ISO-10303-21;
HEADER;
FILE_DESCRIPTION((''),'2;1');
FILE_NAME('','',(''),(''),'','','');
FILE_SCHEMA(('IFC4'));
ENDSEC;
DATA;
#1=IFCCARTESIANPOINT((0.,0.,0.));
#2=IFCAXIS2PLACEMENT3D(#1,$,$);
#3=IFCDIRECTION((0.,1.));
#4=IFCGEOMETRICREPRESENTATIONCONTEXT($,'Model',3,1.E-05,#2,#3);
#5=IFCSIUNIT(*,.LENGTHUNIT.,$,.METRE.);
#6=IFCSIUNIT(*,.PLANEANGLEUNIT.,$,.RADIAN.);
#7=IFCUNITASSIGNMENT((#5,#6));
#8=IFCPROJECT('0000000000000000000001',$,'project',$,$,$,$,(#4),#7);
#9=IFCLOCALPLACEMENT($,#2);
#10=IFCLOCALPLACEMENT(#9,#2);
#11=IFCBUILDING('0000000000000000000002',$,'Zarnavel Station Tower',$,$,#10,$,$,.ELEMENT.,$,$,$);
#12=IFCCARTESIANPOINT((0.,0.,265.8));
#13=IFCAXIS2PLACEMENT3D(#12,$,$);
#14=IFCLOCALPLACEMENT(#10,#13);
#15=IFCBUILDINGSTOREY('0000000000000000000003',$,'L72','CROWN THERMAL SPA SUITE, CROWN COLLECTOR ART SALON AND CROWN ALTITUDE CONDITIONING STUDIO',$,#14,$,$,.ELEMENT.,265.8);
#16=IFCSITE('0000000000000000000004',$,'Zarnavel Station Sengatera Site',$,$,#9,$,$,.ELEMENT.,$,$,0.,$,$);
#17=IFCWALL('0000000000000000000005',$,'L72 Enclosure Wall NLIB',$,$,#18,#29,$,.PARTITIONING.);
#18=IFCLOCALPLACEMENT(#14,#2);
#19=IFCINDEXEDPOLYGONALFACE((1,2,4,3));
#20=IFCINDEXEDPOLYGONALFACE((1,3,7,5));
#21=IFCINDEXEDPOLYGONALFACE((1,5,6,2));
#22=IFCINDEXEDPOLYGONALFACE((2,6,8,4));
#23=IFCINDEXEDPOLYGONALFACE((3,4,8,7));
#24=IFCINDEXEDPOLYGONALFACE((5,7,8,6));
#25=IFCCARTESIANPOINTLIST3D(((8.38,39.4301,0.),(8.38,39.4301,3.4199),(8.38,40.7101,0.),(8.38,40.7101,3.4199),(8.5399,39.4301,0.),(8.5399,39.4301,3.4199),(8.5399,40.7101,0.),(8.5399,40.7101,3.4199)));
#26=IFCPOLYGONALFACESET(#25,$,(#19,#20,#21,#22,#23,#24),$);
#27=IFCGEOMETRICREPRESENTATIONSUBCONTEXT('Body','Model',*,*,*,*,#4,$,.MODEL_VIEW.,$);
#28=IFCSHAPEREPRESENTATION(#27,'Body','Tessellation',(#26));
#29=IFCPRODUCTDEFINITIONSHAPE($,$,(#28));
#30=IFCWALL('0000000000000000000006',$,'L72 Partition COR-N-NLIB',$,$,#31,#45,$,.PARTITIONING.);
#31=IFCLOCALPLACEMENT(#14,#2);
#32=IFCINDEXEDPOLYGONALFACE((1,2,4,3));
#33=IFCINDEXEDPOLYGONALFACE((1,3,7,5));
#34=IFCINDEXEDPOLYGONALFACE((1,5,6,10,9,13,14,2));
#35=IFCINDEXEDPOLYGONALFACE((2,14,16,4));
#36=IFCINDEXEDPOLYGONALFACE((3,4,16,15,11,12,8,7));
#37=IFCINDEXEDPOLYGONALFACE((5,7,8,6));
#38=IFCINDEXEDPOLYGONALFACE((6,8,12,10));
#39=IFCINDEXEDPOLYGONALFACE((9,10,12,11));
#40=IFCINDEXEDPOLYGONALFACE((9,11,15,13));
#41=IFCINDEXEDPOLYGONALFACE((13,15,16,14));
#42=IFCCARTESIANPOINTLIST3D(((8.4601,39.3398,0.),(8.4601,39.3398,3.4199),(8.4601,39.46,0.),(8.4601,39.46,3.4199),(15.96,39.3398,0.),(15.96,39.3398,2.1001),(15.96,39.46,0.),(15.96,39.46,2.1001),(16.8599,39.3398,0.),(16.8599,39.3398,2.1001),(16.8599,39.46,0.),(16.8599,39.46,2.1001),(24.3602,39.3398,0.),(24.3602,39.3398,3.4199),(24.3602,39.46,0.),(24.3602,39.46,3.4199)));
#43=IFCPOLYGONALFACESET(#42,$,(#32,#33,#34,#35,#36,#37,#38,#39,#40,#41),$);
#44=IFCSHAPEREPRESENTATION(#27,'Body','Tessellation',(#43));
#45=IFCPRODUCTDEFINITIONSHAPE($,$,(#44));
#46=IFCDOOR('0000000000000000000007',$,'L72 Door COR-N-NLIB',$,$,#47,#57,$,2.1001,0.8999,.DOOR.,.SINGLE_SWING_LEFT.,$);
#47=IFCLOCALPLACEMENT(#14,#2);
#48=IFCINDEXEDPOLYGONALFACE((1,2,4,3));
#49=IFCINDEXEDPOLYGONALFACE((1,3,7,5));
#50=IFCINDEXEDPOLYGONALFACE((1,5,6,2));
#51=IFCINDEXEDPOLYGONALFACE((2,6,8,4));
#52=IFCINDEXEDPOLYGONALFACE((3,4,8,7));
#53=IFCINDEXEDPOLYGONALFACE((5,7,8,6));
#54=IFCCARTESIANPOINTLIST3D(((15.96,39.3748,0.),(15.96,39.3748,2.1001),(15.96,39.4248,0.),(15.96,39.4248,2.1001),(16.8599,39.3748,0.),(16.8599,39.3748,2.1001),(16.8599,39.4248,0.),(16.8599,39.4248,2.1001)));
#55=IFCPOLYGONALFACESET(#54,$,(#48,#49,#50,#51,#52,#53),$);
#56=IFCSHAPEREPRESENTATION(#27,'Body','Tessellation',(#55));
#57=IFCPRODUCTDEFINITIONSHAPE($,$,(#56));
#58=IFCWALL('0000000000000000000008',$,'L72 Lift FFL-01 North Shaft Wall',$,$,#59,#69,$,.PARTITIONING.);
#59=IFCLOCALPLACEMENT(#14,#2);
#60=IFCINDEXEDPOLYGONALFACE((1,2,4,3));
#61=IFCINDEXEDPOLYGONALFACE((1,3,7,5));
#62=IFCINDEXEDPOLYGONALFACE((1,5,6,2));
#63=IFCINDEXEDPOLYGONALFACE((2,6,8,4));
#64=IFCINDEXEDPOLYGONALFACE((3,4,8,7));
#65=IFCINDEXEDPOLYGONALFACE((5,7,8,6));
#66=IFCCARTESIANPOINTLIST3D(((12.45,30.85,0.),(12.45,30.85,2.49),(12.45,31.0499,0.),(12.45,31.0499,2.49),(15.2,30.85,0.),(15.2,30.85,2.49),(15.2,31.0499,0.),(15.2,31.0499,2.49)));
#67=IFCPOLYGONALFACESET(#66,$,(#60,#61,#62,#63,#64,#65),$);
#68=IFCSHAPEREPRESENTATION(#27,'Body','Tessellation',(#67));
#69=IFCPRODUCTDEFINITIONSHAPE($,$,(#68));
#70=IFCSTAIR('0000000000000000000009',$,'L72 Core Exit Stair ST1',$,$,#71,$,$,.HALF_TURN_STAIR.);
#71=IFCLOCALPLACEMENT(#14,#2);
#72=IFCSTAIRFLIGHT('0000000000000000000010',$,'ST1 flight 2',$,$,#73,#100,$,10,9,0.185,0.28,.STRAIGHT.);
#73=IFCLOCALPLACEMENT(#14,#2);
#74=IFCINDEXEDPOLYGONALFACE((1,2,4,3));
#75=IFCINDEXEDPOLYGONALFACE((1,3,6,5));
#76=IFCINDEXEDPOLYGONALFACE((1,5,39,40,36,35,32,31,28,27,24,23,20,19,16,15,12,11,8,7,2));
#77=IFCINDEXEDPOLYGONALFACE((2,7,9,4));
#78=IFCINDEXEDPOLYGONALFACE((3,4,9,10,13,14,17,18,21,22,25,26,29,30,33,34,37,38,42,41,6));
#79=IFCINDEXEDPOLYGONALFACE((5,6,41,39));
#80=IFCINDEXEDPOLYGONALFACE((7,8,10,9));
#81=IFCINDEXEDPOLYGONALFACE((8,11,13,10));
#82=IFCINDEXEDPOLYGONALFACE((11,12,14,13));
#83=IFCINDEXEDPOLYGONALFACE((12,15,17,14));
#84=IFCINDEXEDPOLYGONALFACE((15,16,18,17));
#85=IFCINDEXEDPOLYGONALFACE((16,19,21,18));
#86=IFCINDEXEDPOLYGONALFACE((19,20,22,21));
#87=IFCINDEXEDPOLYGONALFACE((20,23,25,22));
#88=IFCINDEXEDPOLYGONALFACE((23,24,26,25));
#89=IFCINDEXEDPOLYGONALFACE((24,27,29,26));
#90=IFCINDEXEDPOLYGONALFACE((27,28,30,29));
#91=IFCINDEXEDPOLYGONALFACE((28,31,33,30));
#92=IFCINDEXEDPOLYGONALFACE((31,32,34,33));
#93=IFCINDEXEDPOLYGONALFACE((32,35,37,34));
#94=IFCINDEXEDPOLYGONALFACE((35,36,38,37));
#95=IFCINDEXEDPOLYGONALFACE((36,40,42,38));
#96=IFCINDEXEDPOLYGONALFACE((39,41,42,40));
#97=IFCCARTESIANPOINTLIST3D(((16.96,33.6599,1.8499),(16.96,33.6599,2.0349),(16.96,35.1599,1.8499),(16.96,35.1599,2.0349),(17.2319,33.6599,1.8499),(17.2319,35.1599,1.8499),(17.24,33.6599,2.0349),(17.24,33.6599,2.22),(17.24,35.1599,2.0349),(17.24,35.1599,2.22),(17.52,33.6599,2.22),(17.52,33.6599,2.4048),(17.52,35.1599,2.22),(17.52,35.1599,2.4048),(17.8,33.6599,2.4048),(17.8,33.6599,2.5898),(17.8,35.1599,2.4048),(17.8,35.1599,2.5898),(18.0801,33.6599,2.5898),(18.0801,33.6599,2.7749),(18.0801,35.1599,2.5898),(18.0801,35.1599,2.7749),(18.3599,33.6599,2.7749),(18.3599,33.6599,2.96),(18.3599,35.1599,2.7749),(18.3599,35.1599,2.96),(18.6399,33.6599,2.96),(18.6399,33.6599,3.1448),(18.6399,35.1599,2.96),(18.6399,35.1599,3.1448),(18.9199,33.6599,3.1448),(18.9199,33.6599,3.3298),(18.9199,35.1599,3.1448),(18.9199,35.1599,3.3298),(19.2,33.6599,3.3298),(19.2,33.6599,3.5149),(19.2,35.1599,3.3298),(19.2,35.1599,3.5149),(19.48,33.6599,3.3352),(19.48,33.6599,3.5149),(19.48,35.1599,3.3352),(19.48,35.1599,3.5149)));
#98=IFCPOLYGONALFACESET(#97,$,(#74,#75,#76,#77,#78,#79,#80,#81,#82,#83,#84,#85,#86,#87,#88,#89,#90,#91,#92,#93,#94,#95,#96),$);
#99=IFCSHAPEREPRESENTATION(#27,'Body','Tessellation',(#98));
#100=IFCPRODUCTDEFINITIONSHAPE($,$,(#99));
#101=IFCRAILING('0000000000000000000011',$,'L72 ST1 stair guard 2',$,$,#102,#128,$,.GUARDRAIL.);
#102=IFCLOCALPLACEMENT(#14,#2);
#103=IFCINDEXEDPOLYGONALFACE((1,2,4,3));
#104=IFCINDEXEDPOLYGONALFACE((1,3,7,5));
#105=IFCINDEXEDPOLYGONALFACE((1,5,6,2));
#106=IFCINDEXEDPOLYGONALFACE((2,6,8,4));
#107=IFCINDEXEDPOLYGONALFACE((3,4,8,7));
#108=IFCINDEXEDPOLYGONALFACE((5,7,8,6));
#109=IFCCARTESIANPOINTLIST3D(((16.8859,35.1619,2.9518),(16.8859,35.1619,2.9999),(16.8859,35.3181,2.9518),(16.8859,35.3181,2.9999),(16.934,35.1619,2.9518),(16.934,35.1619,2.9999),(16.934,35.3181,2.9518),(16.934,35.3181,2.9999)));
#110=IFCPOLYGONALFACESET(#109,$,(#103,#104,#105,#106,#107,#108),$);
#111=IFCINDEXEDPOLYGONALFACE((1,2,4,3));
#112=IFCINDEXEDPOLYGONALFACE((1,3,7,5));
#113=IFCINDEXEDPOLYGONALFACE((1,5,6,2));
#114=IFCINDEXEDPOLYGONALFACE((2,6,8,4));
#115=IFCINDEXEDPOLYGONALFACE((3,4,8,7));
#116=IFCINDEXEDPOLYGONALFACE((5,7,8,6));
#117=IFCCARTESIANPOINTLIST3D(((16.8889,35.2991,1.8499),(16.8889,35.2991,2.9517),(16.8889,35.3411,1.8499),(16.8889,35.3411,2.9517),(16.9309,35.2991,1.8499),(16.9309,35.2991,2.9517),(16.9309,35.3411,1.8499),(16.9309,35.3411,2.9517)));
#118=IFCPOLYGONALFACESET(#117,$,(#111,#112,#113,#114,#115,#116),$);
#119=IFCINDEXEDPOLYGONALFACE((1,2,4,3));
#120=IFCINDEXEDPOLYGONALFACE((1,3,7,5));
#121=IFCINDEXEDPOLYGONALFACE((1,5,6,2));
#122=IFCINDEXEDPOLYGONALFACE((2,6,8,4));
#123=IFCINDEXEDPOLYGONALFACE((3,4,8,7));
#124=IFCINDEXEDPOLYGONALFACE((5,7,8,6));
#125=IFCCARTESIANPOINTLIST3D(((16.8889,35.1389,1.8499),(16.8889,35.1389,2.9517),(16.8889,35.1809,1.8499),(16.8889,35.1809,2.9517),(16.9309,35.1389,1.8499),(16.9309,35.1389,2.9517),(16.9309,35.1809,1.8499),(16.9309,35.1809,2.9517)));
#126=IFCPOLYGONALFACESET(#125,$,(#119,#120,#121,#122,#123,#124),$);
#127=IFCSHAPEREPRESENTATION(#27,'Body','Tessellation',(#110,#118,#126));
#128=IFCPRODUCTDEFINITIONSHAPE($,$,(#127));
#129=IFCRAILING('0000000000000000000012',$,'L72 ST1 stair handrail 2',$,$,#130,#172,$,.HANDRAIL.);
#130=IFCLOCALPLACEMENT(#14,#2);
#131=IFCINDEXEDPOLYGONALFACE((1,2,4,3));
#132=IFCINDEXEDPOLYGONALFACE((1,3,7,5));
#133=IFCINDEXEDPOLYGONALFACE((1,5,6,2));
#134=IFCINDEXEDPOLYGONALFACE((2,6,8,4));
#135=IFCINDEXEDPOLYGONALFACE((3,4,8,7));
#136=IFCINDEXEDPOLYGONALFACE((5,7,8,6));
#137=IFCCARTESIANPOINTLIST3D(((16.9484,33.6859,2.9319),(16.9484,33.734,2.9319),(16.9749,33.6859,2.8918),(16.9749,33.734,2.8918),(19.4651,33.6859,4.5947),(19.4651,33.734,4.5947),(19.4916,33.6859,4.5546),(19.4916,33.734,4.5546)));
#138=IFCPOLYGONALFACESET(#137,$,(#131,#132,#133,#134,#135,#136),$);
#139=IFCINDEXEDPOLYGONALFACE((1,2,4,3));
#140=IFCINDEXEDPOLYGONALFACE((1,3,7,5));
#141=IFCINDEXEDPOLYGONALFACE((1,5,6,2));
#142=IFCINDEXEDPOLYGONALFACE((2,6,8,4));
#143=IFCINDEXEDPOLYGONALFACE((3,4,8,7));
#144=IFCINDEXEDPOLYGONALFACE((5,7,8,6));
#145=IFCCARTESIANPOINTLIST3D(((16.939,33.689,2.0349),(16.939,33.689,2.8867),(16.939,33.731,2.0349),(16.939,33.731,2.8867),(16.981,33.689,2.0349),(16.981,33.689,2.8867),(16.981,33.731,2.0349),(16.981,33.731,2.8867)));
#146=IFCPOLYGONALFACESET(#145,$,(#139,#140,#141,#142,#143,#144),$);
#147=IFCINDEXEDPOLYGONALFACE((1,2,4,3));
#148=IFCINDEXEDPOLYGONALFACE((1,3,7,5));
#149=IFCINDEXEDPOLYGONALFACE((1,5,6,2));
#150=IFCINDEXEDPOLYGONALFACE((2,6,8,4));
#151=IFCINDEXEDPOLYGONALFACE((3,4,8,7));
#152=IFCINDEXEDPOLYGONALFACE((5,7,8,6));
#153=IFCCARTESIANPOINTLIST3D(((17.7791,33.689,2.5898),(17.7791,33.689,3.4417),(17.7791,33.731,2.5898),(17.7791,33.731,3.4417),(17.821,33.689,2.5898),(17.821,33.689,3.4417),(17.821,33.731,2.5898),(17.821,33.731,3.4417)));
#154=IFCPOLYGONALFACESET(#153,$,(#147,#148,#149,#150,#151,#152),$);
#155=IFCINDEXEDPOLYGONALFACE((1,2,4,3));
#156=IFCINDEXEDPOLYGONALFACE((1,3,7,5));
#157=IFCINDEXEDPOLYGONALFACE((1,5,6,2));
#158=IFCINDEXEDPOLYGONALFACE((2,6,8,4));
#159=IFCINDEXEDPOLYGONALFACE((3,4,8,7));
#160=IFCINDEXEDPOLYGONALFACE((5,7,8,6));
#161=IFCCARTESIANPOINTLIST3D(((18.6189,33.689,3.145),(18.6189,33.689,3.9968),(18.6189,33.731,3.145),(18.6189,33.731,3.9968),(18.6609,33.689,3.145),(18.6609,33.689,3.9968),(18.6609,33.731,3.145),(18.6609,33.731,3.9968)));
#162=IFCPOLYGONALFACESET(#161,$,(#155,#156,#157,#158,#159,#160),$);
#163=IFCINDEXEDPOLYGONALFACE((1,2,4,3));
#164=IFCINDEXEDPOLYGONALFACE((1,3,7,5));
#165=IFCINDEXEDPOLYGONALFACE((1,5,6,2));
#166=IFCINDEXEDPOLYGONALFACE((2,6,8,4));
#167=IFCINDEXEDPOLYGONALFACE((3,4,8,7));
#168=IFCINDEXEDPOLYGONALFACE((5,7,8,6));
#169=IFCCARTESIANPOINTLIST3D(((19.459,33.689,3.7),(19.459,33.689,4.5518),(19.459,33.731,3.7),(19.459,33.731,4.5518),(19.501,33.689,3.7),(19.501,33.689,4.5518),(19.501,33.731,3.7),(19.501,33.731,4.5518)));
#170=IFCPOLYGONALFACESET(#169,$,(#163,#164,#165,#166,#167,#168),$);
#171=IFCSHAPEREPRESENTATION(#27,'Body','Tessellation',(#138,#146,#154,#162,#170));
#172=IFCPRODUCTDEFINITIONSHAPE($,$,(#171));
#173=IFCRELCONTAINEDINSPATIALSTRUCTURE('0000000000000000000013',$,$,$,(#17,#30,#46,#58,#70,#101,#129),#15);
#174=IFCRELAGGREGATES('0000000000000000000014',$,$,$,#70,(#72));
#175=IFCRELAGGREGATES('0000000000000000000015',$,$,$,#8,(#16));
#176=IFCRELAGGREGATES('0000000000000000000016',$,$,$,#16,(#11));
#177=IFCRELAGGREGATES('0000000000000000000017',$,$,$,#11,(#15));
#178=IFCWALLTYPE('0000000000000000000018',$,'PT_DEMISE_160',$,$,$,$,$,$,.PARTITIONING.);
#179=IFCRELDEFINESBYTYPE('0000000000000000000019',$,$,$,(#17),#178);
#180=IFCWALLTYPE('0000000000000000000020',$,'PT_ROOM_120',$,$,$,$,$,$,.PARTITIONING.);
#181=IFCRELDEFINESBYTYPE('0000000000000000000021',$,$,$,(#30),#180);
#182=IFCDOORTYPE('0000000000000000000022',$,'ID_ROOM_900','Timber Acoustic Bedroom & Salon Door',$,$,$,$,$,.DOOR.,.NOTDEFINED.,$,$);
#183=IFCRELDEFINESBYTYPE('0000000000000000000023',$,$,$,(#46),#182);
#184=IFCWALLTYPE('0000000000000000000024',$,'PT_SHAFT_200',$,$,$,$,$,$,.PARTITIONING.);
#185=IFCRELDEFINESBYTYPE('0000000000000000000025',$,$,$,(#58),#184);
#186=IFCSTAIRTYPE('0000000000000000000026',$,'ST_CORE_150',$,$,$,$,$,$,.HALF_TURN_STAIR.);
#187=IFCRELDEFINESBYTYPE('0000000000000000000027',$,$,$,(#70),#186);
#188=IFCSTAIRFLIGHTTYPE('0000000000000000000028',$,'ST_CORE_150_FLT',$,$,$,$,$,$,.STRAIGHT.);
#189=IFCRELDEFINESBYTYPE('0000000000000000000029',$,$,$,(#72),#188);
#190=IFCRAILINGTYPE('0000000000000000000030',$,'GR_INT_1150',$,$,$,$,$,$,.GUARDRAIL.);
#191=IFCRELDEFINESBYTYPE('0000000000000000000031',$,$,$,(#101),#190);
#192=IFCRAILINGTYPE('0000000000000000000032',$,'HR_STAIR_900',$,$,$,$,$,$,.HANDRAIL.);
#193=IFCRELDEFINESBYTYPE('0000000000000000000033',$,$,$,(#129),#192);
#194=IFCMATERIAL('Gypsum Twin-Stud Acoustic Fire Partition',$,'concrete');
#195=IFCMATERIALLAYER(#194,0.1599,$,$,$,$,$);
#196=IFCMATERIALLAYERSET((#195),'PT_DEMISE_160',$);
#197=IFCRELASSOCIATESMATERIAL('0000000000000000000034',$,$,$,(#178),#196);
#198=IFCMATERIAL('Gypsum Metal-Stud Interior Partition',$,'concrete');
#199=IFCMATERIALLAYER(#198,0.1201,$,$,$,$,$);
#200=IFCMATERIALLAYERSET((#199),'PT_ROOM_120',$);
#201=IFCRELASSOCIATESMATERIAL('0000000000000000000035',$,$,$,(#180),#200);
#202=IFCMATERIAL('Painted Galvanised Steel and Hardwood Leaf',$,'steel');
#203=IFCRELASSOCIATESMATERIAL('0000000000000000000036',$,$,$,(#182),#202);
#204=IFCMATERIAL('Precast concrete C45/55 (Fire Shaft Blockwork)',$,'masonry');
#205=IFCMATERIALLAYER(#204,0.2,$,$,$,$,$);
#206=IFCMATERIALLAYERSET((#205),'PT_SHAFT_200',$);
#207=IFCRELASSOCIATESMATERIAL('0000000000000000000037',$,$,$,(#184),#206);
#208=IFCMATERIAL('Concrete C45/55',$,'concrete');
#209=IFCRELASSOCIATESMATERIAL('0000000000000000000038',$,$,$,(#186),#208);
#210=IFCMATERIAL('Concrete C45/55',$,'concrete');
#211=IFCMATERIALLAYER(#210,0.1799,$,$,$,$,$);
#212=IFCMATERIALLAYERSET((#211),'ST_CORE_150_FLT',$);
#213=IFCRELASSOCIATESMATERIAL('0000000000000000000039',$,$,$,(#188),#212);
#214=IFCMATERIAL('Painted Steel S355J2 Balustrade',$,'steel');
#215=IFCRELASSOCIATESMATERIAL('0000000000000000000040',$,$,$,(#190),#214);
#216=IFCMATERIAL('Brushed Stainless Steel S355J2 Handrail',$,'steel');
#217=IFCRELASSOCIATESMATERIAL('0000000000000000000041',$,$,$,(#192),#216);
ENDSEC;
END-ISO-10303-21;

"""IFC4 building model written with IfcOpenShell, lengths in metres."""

from ifc_helpers import new_model, si_unit, direction, frame, frame_2d, origin, origin_2d, place, context, subcontext, project, spatial, polyline, rectangle, outline, extrude, material, layer, layer_set, type_object, element, fill, aggregate, save


model = new_model("IFC4")

# Units and contexts
model_context = context("Model", 3, precision=1e-05, world=origin(), true_north=direction((0.0, 1.0)))
body_context = subcontext(model_context, "Body", "Model", "MODEL_VIEW")
ifc_project = project(units=[si_unit("LENGTHUNIT", "METRE"), si_unit("PLANEANGLEUNIT", "RADIAN")], contexts=[model_context])

# Site, building, storey
site_placement = place(None, origin())
site = spatial("IfcSite", under=ifc_project, at=site_placement, Name="Zarnavel Station Sengatera Site", CompositionType="ELEMENT", RefElevation=0.0)
building_placement = place(site_placement, origin())
building = spatial("IfcBuilding", under=site, at=building_placement, Name="Zarnavel Station Tower", CompositionType="ELEMENT")
storey_placement = place(building_placement, frame((0.0, 0.0, 265.8)))
storey = spatial("IfcBuildingStorey", under=building, at=storey_placement, Name="L72", Description="CROWN THERMAL SPA SUITE, CROWN COLLECTOR ART SALON AND CROWN ALTITUDE CONDITIONING STUDIO", CompositionType="ELEMENT", Elevation=265.8)

# Wall
ifc_material_1 = material(Name="Gypsum Twin-Stud Acoustic Fire Partition", Category="concrete")
ifc_layer_1 = layer(ifc_material_1, 0.1599)
ifc_layer_set_1 = layer_set([ifc_layer_1], Name="PT_DEMISE_160")
wall_type_1 = type_object("IfcWallType", Name="PT_DEMISE_160", PredefinedType="PARTITIONING", material=ifc_layer_set_1)
wall_1_placement = place(storey_placement, frame((8.46, 39.4299, 0.0), z_axis=(0.0, 0.0, 1.0), x_axis=(0.0, 1.0, 0.0)))
element("IfcWall", 1, at=wall_1_placement, inside=storey, type_object=wall_type_1, Name="L72 Enclosure Wall NLIB", PredefinedType="PARTITIONING", context=body_context, shape_type="SweptSolid", body=[
    extrude(rectangle(XDim=1.28, YDim=0.1599, at=frame_2d((0.6401, 0.0))), origin(), (0.0, 0.0, 1.0), 3.4199),
])

# Wall, opening, door
ifc_material_2 = material(Name="Gypsum Metal-Stud Interior Partition", Category="concrete")
ifc_layer_2 = layer(ifc_material_2, 0.1201)
ifc_layer_set_2 = layer_set([ifc_layer_2], Name="PT_ROOM_120")
wall_type_2 = type_object("IfcWallType", Name="PT_ROOM_120", PredefinedType="PARTITIONING", material=ifc_layer_set_2)
wall_2_placement = place(storey_placement, frame((8.46, 39.3999, 0.0), z_axis=(0.0, 0.0, 1.0), x_axis=(1.0, 0.0, 0.0)))
wall_2 = element("IfcWall", 2, at=wall_2_placement, inside=storey, type_object=wall_type_2, Name="L72 Partition COR-N-NLIB", PredefinedType="PARTITIONING", context=body_context, shape_type="SweptSolid", body=[
    extrude(rectangle(XDim=15.9001, YDim=0.1201, at=frame_2d((7.9502, 0.0))), origin(), (0.0, 0.0, 1.0), 3.4199),
])
opening_1_placement = place(wall_2_placement, frame((7.5, 0.0, 0.0)))
opening_1 = element("IfcOpeningElement", 3, at=opening_1_placement, cuts=wall_2, PredefinedType="OPENING", context=body_context, shape_type="SweptSolid", body=[
    extrude(rectangle(XDim=0.8999, YDim=2.1001, at=frame_2d((0.45, 1.05))), frame((0.0, 0.0701, 0.0), z_axis=(0.0, -1.0, 0.0), x_axis=(1.0, 0.0, 0.0)), (0.0, 0.0, 1.0), 0.1401),
])
ifc_material_3 = material(Name="Painted Galvanised Steel and Hardwood Leaf", Category="steel")
door_type = type_object("IfcDoorType", Name="ID_ROOM_900", Description="Timber Acoustic Bedroom & Salon Door", OperationType="NOTDEFINED", PredefinedType="DOOR", material=ifc_material_3)
door_placement = place(opening_1_placement, origin())
door = element("IfcDoor", 4, at=door_placement, inside=storey, type_object=door_type, Name="L72 Door COR-N-NLIB", OperationType="SINGLE_SWING_LEFT", OverallHeight=2.1001, OverallWidth=0.8999, PredefinedType="DOOR", context=body_context, shape_type="SweptSolid", body=[
    extrude(rectangle(XDim=0.8999, YDim=2.1001, at=frame_2d((0.45, 1.05))), frame((0.0, 0.0249, 0.0), z_axis=(0.0, -1.0, 0.0), x_axis=(1.0, 0.0, 0.0)), (0.0, 0.0, 1.0), 0.05),
])
fill(opening_1, door)

# Wall
ifc_material_4 = material(Name="Precast concrete C45/55 (Fire Shaft Blockwork)", Category="masonry")
ifc_layer_3 = layer(ifc_material_4, 0.2)
ifc_layer_set_3 = layer_set([ifc_layer_3], Name="PT_SHAFT_200")
wall_type_3 = type_object("IfcWallType", Name="PT_SHAFT_200", PredefinedType="PARTITIONING", material=ifc_layer_set_3)
wall_3_placement = place(storey_placement, frame((12.45, 30.95, 0.0), z_axis=(0.0, 0.0, 1.0), x_axis=(1.0, 0.0, 0.0)))
element("IfcWall", 5, at=wall_3_placement, inside=storey, type_object=wall_type_3, Name="L72 Lift FFL-01 North Shaft Wall", PredefinedType="PARTITIONING", context=body_context, shape_type="SweptSolid", body=[
    extrude(rectangle(XDim=2.75, YDim=0.2, at=frame_2d((1.375, 0.0))), origin(), (0.0, 0.0, 1.0), 2.49),
])

# Stair, stair flight
ifc_material_5 = material(Name="Concrete C45/55", Category="concrete")
stair_type = type_object("IfcStairType", Name="ST_CORE_150", PredefinedType="HALF_TURN_STAIR", material=ifc_material_5)
stair_placement = place(storey_placement, origin())
stair = element("IfcStair", 6, at=stair_placement, inside=storey, type_object=stair_type, Name="L72 Core Exit Stair ST1", PredefinedType="HALF_TURN_STAIR")
ifc_material_6 = material(Name="Concrete C45/55", Category="concrete")
ifc_layer_4 = layer(ifc_material_6, 0.1799)
ifc_layer_set_4 = layer_set([ifc_layer_4], Name="ST_CORE_150_FLT")
stair_flight_type = type_object("IfcStairFlightType", Name="ST_CORE_150_FLT", PredefinedType="STRAIGHT", material=ifc_layer_set_4)
stair_flight_placement = place(storey_placement, frame((16.96, 34.4099, 1.8499), z_axis=(0.0, 0.0, 1.0), x_axis=(1.0, 0.0, 0.0)))
stair_flight = element("IfcStairFlight", 7, at=stair_flight_placement, type_object=stair_flight_type, Name="ST1 flight 2", NumberOfRisers=10, NumberOfTreads=9, PredefinedType="STRAIGHT", RiserHeight=0.185, TreadLength=0.28, context=body_context, shape_type="SweptSolid", body=[
    extrude(outline(polyline([(0.0, 0.0), (0.0, 0.1851), (0.28, 0.1851), (0.28, 0.3701), (0.5601, 0.3701), (0.5601, 0.5549), (0.8401, 0.5549), (0.8401, 0.74), (1.1201, 0.74), (1.1201, 0.925), (1.3999, 0.925), (1.3999, 1.1101), (1.6799, 1.1101), (1.6799, 1.2949), (1.96, 1.2949), (1.96, 1.48), (2.24, 1.48), (2.24, 1.665), (2.52, 1.665), (2.52, 1.8501), (2.52, 1.4854), (0.272, 0.0), (0.0, 0.0)])), frame((0.0, 0.75, 0.0), z_axis=(0.0, -1.0, 0.0), x_axis=(1.0, 0.0, 0.0)), (0.0, 0.0, 1.0), 1.5),
])
aggregate(stair, [stair_flight])

# Railings
ifc_material_7 = material(Name="Painted Steel S355J2 Balustrade", Category="steel")
railing_type_1 = type_object("IfcRailingType", Name="GR_INT_1150", PredefinedType="GUARDRAIL", material=ifc_material_7)
railing_1_placement = place(storey_placement, frame((16.9099, 35.3201, 1.8499)))
element("IfcRailing", 8, at=railing_1_placement, inside=storey, type_object=railing_type_1, Name="L72 ST1 stair guard 2", PredefinedType="GUARDRAIL", context=body_context, shape_type="SweptSolid", body=[
    extrude(rectangle(XDim=0.0481, YDim=0.0481, at=origin_2d()), frame((0.0, -0.002, 1.126), z_axis=(0.0, -1.0, 0.0), x_axis=(1.0, 0.0, 0.0)), (0.0, 0.0, 1.0), 0.1562),
    extrude(rectangle(XDim=0.042, YDim=0.042, at=origin_2d()), origin(), (0.0, 0.0, 1.0), 1.1018),
    extrude(rectangle(XDim=0.042, YDim=0.042, at=origin_2d()), frame((0.0, -0.1602, 0.0)), (0.0, 0.0, 1.0), 1.1018),
])
ifc_material_8 = material(Name="Brushed Stainless Steel S355J2 Handrail", Category="steel")
railing_type_2 = type_object("IfcRailingType", Name="HR_STAIR_900", PredefinedType="HANDRAIL", material=ifc_material_8)
railing_2_placement = place(storey_placement, frame((16.96, 33.71, 2.0349)))
element("IfcRailing", 9, at=railing_2_placement, inside=storey, type_object=railing_type_2, Name="L72 ST1 stair handrail 2", PredefinedType="HANDRAIL", context=body_context, shape_type="SweptSolid", body=[
    extrude(rectangle(XDim=0.0481, YDim=0.0481, at=origin_2d()), frame((0.0017, 0.0, 0.877), z_axis=(0.834331, 0.0, 0.551263), x_axis=(0.0, 1.0, 0.0)), (0.0, 0.0, 1.0), 3.0164),
    extrude(rectangle(XDim=0.042, YDim=0.042, at=origin_2d()), origin(), (0.0, 0.0, 1.0), 0.8518),
    extrude(rectangle(XDim=0.042, YDim=0.042, at=origin_2d()), frame((0.8401, 0.0, 0.5549)), (0.0, 0.0, 1.0), 0.8518),
    extrude(rectangle(XDim=0.042, YDim=0.042, at=origin_2d()), frame((1.6799, 0.0, 1.1101)), (0.0, 0.0, 1.0), 0.8518),
    extrude(rectangle(XDim=0.042, YDim=0.042, at=origin_2d()), frame((2.52, 0.0, 1.665)), (0.0, 0.0, 1.0), 0.8518),
])

save(model, "model.ifc")
